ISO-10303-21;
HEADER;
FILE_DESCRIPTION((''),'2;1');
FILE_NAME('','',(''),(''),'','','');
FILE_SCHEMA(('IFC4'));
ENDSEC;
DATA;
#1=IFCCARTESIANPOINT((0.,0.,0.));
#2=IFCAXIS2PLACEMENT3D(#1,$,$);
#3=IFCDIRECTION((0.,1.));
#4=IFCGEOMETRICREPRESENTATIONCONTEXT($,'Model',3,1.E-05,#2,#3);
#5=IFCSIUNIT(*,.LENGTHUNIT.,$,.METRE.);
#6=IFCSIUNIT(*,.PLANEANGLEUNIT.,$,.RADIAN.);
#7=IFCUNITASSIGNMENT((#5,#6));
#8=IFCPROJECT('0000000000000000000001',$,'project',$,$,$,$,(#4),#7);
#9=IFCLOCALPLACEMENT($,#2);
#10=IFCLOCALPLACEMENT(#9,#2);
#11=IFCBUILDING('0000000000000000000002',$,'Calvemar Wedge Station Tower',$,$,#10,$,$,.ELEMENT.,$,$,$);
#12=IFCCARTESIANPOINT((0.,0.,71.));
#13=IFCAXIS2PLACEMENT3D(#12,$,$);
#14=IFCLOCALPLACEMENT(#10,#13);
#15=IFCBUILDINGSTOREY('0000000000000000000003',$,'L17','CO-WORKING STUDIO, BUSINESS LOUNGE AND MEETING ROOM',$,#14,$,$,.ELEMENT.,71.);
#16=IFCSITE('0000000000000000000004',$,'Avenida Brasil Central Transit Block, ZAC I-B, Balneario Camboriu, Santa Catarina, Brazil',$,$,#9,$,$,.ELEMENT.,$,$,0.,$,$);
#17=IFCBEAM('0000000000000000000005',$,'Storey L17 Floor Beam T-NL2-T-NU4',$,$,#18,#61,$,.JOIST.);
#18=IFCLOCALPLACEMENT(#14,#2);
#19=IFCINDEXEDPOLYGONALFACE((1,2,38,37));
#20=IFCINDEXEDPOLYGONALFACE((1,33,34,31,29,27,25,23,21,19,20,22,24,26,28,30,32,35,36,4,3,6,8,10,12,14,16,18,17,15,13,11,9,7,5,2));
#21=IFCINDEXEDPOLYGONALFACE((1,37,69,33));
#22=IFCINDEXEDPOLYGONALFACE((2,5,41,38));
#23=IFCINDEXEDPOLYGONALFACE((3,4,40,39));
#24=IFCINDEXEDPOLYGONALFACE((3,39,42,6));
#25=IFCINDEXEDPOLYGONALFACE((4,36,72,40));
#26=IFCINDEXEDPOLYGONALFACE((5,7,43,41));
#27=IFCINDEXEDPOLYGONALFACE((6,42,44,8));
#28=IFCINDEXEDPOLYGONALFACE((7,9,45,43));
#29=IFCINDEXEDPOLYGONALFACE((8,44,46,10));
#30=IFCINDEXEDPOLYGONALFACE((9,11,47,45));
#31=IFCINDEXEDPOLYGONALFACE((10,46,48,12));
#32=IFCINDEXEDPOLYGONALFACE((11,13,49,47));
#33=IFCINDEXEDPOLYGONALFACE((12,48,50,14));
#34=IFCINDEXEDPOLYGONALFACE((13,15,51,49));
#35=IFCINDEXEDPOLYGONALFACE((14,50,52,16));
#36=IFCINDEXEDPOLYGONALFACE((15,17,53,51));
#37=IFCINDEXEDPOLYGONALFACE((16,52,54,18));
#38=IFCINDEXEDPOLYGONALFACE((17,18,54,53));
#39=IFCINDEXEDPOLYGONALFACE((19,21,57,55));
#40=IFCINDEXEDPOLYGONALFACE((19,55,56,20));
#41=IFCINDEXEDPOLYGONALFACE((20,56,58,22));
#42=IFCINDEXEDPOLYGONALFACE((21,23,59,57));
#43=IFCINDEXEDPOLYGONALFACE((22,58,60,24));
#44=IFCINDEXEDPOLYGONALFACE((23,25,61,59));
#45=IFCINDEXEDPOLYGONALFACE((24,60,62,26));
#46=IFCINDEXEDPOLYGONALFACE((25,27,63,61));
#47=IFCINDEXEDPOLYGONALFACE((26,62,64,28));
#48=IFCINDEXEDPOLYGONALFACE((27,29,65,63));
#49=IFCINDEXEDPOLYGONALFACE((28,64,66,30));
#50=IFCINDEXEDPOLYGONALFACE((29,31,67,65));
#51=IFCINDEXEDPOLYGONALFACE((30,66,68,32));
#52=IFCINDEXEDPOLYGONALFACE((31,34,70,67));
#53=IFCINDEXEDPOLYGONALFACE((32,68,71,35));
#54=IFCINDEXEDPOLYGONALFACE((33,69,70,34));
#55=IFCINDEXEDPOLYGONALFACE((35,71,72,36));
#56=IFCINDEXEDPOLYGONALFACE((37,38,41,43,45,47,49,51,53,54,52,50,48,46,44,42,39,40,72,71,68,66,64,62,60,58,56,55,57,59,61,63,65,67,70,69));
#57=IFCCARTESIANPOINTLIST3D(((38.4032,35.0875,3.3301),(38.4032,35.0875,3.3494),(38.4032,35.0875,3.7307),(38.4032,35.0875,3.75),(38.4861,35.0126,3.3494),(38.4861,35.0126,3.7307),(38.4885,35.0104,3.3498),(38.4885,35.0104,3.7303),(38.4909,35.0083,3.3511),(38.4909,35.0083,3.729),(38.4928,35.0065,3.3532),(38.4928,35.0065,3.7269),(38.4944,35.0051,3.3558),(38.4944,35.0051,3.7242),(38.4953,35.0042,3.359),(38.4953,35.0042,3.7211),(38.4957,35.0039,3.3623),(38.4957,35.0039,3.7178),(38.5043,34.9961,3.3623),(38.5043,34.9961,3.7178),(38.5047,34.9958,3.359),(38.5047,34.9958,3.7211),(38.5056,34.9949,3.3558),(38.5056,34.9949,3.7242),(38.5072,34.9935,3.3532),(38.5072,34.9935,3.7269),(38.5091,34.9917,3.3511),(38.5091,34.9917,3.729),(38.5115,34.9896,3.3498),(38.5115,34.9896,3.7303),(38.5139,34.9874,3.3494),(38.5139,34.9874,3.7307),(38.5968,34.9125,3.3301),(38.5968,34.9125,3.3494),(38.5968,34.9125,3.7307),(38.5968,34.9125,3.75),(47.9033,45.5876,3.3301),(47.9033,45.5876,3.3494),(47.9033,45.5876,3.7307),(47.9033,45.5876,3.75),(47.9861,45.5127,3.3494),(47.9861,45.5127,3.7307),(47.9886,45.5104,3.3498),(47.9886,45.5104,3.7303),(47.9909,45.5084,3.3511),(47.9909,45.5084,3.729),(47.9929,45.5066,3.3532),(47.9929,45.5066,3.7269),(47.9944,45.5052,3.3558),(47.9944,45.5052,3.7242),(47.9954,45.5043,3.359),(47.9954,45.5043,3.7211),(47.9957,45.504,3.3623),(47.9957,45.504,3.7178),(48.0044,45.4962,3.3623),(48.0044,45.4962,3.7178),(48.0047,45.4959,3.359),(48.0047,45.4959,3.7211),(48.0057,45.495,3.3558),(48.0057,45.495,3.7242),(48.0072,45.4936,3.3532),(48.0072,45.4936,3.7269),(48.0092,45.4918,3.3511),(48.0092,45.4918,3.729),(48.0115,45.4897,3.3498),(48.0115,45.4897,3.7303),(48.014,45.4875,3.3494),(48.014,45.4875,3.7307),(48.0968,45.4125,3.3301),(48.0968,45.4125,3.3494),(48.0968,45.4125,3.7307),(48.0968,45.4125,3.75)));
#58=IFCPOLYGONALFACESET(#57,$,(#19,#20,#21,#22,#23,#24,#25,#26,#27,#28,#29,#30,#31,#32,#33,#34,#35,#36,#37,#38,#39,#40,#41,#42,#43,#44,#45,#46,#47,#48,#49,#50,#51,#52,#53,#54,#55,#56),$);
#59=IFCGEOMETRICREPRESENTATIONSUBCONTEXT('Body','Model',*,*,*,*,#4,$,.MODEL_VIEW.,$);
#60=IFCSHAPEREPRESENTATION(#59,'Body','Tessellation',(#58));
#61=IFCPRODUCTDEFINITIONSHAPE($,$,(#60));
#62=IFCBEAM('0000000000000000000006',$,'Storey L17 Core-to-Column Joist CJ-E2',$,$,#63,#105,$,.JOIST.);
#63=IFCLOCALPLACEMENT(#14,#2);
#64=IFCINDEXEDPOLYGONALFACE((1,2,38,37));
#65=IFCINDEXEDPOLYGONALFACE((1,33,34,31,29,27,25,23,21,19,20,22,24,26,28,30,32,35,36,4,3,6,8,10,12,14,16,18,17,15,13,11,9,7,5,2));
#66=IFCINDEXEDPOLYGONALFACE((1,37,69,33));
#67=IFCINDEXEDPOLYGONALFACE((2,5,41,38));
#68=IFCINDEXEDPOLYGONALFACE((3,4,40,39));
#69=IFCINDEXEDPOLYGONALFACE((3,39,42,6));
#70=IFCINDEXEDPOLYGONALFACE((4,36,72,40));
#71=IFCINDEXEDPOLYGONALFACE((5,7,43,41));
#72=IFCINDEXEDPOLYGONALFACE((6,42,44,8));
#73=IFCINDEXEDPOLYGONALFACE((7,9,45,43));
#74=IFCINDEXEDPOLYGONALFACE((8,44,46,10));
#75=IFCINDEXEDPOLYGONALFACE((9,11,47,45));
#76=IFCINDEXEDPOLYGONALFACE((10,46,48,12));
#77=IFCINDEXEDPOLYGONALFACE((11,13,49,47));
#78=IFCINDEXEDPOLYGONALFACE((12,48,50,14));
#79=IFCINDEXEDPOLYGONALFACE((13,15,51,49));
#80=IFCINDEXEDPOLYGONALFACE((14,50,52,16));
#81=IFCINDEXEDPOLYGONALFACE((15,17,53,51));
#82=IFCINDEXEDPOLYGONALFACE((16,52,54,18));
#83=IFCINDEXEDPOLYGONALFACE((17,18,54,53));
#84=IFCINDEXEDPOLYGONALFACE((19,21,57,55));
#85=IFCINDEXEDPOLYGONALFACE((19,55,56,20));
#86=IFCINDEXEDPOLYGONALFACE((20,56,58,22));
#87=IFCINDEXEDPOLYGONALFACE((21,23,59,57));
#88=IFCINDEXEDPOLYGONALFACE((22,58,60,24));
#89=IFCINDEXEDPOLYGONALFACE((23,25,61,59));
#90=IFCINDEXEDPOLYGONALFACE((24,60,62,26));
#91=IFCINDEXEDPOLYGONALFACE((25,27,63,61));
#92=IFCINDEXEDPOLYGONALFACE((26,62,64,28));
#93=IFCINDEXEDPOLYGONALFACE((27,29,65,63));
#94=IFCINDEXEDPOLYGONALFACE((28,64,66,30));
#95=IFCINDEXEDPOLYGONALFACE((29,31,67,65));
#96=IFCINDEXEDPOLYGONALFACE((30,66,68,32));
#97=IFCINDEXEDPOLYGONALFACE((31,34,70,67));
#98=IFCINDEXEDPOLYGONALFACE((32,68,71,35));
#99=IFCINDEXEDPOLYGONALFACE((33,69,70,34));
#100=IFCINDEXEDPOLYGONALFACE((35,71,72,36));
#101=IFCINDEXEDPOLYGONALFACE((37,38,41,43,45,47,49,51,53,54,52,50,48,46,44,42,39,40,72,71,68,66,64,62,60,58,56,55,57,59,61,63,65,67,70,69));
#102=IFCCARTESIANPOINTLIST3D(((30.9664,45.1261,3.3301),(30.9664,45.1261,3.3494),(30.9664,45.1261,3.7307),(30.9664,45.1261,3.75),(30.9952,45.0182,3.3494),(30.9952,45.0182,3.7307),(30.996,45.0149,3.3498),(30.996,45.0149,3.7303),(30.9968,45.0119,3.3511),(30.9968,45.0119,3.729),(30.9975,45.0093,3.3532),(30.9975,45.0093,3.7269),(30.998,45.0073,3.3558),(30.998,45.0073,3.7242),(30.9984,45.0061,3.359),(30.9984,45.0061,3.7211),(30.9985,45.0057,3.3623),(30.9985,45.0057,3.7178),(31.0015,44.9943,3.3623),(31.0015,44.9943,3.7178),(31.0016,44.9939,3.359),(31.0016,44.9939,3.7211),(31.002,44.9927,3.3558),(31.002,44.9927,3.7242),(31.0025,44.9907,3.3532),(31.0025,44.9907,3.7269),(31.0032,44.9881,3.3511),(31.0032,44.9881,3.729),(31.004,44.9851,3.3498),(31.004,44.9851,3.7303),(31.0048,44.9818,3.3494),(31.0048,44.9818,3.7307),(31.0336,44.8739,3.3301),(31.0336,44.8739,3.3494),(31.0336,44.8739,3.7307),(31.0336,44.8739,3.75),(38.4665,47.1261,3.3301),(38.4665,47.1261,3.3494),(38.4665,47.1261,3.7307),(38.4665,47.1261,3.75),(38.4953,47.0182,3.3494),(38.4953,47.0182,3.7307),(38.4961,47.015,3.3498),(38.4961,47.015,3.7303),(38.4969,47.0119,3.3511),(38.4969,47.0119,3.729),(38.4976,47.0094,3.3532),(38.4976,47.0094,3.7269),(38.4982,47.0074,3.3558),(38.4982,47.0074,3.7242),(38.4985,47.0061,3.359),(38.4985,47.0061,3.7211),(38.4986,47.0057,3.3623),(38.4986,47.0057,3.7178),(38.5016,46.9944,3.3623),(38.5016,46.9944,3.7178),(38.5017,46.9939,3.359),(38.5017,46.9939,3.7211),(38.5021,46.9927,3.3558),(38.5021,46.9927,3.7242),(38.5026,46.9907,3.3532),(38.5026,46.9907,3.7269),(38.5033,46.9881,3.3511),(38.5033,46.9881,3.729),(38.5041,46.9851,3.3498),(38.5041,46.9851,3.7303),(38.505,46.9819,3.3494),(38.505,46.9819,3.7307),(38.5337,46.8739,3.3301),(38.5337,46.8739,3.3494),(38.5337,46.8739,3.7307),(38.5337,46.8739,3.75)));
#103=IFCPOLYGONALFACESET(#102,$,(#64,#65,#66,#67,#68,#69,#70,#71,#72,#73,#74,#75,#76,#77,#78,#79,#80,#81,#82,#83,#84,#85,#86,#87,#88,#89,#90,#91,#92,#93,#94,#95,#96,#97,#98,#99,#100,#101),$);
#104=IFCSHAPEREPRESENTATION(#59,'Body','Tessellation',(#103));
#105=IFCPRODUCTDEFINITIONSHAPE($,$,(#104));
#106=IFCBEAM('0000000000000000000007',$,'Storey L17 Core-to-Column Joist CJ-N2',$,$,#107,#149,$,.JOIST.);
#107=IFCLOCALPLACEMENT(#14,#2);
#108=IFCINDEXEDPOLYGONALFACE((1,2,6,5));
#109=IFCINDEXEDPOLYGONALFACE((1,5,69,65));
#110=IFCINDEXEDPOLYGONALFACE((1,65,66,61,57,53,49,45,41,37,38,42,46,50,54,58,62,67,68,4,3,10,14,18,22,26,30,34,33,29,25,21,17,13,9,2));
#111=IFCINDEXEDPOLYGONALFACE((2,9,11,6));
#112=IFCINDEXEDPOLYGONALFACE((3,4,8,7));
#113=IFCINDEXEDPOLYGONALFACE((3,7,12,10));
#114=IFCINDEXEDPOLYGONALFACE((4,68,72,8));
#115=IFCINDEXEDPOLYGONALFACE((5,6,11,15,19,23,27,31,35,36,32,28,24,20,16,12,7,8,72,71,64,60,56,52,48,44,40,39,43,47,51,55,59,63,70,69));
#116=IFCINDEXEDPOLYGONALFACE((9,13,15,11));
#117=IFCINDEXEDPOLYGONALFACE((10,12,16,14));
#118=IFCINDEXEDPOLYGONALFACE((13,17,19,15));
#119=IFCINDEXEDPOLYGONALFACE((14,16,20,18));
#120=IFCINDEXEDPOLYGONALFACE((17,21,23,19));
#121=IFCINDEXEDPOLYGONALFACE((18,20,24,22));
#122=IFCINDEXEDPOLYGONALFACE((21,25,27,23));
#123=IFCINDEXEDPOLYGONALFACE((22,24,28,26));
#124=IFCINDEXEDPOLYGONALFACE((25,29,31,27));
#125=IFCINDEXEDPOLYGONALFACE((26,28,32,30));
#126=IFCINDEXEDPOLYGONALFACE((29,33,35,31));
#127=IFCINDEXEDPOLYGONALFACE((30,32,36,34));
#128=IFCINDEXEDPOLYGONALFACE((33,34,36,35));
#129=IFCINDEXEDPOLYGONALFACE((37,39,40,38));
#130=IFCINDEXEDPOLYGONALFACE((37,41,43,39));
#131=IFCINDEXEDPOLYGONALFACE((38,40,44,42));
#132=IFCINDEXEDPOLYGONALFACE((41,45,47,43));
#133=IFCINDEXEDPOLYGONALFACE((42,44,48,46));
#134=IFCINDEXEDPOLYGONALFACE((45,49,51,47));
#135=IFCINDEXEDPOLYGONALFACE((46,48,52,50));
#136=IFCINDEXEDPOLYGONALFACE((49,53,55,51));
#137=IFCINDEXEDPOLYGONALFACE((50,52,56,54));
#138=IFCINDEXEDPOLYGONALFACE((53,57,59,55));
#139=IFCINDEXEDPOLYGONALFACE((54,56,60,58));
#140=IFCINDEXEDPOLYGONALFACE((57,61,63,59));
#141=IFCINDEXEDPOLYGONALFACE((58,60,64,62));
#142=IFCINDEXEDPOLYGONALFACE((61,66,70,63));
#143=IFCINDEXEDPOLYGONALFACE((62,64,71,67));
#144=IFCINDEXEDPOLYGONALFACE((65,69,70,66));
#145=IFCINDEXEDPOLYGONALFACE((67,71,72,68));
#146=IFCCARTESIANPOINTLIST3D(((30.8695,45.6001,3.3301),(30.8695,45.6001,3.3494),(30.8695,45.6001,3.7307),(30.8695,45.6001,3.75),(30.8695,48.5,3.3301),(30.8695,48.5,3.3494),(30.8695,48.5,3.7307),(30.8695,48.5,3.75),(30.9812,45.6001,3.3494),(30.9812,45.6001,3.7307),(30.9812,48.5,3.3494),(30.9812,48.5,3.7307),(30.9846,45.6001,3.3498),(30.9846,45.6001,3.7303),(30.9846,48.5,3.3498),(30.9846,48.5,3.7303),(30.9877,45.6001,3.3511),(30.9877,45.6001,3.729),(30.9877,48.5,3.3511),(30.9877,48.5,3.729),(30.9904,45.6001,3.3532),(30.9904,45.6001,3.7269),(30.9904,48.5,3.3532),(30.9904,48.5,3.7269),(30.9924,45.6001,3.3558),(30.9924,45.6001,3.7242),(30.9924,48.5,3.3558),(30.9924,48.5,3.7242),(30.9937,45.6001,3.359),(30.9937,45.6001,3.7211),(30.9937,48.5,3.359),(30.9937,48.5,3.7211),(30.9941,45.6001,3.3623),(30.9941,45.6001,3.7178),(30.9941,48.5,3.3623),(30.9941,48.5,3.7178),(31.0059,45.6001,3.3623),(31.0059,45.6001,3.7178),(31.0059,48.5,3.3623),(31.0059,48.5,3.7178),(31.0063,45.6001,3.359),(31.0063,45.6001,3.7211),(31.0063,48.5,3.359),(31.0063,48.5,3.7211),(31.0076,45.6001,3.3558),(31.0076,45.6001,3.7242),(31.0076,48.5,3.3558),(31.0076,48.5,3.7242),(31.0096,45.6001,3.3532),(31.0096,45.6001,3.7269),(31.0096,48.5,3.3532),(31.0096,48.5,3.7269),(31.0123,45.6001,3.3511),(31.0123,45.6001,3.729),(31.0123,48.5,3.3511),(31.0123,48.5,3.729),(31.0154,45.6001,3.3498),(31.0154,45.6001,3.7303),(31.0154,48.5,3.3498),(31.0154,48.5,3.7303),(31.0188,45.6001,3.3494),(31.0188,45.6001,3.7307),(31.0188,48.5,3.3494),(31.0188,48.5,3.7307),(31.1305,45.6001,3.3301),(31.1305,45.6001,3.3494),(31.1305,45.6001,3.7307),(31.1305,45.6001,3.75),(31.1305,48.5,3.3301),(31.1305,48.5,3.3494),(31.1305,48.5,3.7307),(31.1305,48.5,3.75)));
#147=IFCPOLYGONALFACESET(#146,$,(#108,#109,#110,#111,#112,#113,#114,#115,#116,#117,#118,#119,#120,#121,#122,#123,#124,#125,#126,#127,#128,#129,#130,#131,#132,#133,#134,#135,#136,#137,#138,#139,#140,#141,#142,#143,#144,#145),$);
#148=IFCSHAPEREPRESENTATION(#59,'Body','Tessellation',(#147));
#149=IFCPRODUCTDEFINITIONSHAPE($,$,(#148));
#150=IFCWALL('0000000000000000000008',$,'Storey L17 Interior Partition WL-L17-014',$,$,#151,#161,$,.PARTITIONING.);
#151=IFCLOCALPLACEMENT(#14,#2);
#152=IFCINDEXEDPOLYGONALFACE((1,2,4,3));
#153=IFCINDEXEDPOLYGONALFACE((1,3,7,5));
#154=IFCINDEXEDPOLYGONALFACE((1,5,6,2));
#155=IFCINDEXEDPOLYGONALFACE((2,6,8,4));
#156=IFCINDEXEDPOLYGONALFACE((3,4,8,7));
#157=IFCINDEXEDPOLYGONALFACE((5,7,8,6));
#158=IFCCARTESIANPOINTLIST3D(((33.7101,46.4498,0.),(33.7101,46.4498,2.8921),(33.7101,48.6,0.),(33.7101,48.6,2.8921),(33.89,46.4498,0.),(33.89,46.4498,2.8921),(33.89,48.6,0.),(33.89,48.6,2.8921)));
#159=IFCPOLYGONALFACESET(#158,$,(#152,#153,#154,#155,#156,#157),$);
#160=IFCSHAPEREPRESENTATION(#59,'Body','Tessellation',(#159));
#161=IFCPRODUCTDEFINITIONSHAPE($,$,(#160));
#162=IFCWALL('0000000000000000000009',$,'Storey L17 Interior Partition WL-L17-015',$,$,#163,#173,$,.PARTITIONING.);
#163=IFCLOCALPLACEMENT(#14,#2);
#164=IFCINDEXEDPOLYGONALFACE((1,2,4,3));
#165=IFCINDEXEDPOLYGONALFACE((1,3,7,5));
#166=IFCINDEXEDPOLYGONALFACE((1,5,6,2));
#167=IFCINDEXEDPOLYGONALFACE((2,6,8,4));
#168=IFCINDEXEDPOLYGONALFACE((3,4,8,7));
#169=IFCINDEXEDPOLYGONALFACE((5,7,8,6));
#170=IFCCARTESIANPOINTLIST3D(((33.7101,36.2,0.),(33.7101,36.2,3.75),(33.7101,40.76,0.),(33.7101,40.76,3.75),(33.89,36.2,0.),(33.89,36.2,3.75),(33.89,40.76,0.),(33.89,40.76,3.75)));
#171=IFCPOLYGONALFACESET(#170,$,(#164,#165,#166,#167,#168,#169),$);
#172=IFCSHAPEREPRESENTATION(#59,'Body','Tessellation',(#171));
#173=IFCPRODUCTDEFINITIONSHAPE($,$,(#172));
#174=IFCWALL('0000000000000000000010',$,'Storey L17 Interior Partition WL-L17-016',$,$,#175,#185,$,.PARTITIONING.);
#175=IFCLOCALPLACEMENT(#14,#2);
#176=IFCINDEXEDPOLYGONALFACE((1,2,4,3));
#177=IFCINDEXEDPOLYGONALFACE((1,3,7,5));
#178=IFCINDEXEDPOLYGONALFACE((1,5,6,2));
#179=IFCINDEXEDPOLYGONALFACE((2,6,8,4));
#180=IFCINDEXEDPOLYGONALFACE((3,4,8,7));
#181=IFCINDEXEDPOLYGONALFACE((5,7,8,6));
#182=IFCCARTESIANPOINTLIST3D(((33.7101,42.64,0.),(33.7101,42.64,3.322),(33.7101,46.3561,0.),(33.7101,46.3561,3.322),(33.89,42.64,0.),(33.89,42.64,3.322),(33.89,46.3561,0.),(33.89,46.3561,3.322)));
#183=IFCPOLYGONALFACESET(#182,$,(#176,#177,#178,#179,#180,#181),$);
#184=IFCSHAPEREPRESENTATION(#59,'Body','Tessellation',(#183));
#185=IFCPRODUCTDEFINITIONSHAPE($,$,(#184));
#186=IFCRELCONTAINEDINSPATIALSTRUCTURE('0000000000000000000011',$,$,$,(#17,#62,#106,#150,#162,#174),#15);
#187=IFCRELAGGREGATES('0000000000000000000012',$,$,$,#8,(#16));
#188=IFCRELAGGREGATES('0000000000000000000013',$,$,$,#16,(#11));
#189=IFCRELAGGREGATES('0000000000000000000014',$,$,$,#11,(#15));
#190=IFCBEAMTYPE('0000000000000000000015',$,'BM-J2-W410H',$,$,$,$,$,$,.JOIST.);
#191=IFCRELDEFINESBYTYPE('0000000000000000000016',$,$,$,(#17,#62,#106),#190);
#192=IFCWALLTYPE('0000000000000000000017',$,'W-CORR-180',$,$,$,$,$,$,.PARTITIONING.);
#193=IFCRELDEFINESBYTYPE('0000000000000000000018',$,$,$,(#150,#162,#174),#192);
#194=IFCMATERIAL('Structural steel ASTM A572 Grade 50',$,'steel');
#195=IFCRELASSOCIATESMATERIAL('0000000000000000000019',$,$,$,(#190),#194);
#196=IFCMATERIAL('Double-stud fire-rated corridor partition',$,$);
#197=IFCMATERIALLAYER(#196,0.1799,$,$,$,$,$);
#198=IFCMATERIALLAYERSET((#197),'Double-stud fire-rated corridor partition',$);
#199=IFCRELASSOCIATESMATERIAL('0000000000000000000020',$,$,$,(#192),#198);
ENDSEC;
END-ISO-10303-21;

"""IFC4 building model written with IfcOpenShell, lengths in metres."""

from ifc_helpers import new_model, si_unit, direction, frame, frame_2d, origin, origin_2d, place, context, subcontext, project, spatial, rectangle, i_section, extrude, source, transform, mapped, material, layer, layer_set, material_profile, profile_set, type_object, element, save


model = new_model("IFC4")

# Units and contexts
model_context = context("Model", 3, precision=1e-05, world=origin(), true_north=direction((0.0, 1.0)))
body_context = subcontext(model_context, "Body", "Model", "MODEL_VIEW")
ifc_project = project(units=[si_unit("LENGTHUNIT", "METRE"), si_unit("PLANEANGLEUNIT", "RADIAN")], contexts=[model_context])

# Site, building, storey
site_placement = place(None, origin())
site = spatial("IfcSite", under=ifc_project, at=site_placement, Name="Avenida Brasil Central Transit Block, ZAC I-B, Balneario Camboriu, Santa Catarina, Brazil", CompositionType="ELEMENT", RefElevation=0.0)
building_placement = place(site_placement, origin())
building = spatial("IfcBuilding", under=site, at=building_placement, Name="Calvemar Wedge Station Tower", CompositionType="ELEMENT")
storey_placement = place(building_placement, frame((0.0, 0.0, 71.0)))
storey = spatial("IfcBuildingStorey", under=building, at=storey_placement, Name="L17", Description="CO-WORKING STUDIO, BUSINESS LOUNGE AND MEETING ROOM", CompositionType="ELEMENT", Elevation=71.0)

# Beams
ifc_material_1 = material(Name="Structural steel ASTM A572 Grade 50", Category="steel")
ifc_material_profile_1 = material_profile(ifc_material_1, i_section(OverallWidth=0.261, OverallDepth=0.4199, WebThickness=0.0117, FlangeThickness=0.0193, FilletRadius=0.0129, at=origin_2d()), Name="W410x114")
ifc_profile_set_1 = profile_set([ifc_material_profile_1], Name="Structural steel ASTM A572 Grade 50")
beam_type_1 = type_object("IfcBeamType", Name="BM-J2-W410H", PredefinedType="JOIST", material=ifc_profile_set_1)
shared_shape_1 = source(origin(), body_context, "Body", "SweptSolid", [
    extrude(i_section(OverallWidth=0.261, OverallDepth=0.4199, WebThickness=0.0117, FlangeThickness=0.0193, FilletRadius=0.0129, at=origin_2d()), origin(), (0.0, 0.0, 1.0), 14.1599),
])
beam_1_placement = place(storey_placement, frame((38.5, 35.0, 3.54), z_axis=(0.670913, 0.741536, 0.0), x_axis=(-0.741536, 0.670913, 0.0)))
element("IfcBeam", 1, at=beam_1_placement, inside=storey, type_object=beam_type_1, Name="Storey L17 Floor Beam T-NL2-T-NU4", PredefinedType="JOIST", context=body_context, shape_type="MappedRepresentation", body=[
    mapped(shared_shape_1, transform((0.0, 0.0, 0.0), scale=1.0)),
])
shared_shape_2 = source(origin(), body_context, "Body", "SweptSolid", [
    extrude(i_section(OverallWidth=0.261, OverallDepth=0.4199, WebThickness=0.0117, FlangeThickness=0.0193, FilletRadius=0.0129, at=origin_2d()), origin(), (0.0, 0.0, 1.0), 7.7622),
])
beam_2_placement = place(storey_placement, frame((31.0, 45.0, 3.54), z_axis=(0.966235, 0.257663, 0.0), x_axis=(-0.257663, 0.966235, 0.0)))
element("IfcBeam", 2, at=beam_2_placement, inside=storey, type_object=beam_type_1, Name="Storey L17 Core-to-Column Joist CJ-E2", PredefinedType="JOIST", context=body_context, shape_type="MappedRepresentation", body=[
    mapped(shared_shape_2, transform((0.0, 0.0, 0.0), scale=1.0)),
])
shared_shape_3 = source(origin(), body_context, "Body", "SweptSolid", [
    extrude(i_section(OverallWidth=0.261, OverallDepth=0.4199, WebThickness=0.0117, FlangeThickness=0.0193, FilletRadius=0.0129, at=origin_2d()), origin(), (0.0, 0.0, 1.0), 2.8999),
])
beam_3_placement = place(storey_placement, frame((31.0, 45.6001, 3.54), z_axis=(0.0, 1.0, 0.0), x_axis=(-1.0, 0.0, 0.0)))
element("IfcBeam", 3, at=beam_3_placement, inside=storey, type_object=beam_type_1, Name="Storey L17 Core-to-Column Joist CJ-N2", PredefinedType="JOIST", context=body_context, shape_type="MappedRepresentation", body=[
    mapped(shared_shape_3, transform((0.0, 0.0, 0.0), scale=1.0)),
])

# Walls
ifc_material_2 = material(Name="Double-stud fire-rated corridor partition")
ifc_layer_1 = layer(ifc_material_2, 0.1799)
ifc_layer_set_1 = layer_set([ifc_layer_1], Name="Double-stud fire-rated corridor partition")
wall_type_1 = type_object("IfcWallType", Name="W-CORR-180", PredefinedType="PARTITIONING", material=ifc_layer_set_1)
wall_1_placement = place(storey_placement, frame((33.8, 48.6001, 0.0), z_axis=(0.0, 0.0, 1.0), x_axis=(0.0, -1.0, 0.0)))
element("IfcWall", 4, at=wall_1_placement, inside=storey, type_object=wall_type_1, Name="Storey L17 Interior Partition WL-L17-014", PredefinedType="PARTITIONING", context=body_context, shape_type="SweptSolid", body=[
    extrude(rectangle(XDim=2.1501, YDim=0.1799, at=frame_2d((1.0752, 0.0))), origin(), (0.0, 0.0, 1.0), 2.8921),
])
wall_2_placement = place(storey_placement, frame((33.8, 40.76, 0.0), z_axis=(0.0, 0.0, 1.0), x_axis=(0.0, -1.0, 0.0)))
element("IfcWall", 5, at=wall_2_placement, inside=storey, type_object=wall_type_1, Name="Storey L17 Interior Partition WL-L17-015", PredefinedType="PARTITIONING", context=body_context, shape_type="SweptSolid", body=[
    extrude(rectangle(XDim=4.5601, YDim=0.1799, at=frame_2d((2.28, 0.0))), origin(), (0.0, 0.0, 1.0), 3.75),
])
wall_3_placement = place(storey_placement, frame((33.8, 46.356, 0.0), z_axis=(0.0, 0.0, 1.0), x_axis=(0.0, -1.0, 0.0)))
element("IfcWall", 6, at=wall_3_placement, inside=storey, type_object=wall_type_1, Name="Storey L17 Interior Partition WL-L17-016", PredefinedType="PARTITIONING", context=body_context, shape_type="SweptSolid", body=[
    extrude(rectangle(XDim=3.7161, YDim=0.1799, at=frame_2d((1.8579, 0.0))), origin(), (0.0, 0.0, 1.0), 3.322),
])

save(model, "model.ifc")
